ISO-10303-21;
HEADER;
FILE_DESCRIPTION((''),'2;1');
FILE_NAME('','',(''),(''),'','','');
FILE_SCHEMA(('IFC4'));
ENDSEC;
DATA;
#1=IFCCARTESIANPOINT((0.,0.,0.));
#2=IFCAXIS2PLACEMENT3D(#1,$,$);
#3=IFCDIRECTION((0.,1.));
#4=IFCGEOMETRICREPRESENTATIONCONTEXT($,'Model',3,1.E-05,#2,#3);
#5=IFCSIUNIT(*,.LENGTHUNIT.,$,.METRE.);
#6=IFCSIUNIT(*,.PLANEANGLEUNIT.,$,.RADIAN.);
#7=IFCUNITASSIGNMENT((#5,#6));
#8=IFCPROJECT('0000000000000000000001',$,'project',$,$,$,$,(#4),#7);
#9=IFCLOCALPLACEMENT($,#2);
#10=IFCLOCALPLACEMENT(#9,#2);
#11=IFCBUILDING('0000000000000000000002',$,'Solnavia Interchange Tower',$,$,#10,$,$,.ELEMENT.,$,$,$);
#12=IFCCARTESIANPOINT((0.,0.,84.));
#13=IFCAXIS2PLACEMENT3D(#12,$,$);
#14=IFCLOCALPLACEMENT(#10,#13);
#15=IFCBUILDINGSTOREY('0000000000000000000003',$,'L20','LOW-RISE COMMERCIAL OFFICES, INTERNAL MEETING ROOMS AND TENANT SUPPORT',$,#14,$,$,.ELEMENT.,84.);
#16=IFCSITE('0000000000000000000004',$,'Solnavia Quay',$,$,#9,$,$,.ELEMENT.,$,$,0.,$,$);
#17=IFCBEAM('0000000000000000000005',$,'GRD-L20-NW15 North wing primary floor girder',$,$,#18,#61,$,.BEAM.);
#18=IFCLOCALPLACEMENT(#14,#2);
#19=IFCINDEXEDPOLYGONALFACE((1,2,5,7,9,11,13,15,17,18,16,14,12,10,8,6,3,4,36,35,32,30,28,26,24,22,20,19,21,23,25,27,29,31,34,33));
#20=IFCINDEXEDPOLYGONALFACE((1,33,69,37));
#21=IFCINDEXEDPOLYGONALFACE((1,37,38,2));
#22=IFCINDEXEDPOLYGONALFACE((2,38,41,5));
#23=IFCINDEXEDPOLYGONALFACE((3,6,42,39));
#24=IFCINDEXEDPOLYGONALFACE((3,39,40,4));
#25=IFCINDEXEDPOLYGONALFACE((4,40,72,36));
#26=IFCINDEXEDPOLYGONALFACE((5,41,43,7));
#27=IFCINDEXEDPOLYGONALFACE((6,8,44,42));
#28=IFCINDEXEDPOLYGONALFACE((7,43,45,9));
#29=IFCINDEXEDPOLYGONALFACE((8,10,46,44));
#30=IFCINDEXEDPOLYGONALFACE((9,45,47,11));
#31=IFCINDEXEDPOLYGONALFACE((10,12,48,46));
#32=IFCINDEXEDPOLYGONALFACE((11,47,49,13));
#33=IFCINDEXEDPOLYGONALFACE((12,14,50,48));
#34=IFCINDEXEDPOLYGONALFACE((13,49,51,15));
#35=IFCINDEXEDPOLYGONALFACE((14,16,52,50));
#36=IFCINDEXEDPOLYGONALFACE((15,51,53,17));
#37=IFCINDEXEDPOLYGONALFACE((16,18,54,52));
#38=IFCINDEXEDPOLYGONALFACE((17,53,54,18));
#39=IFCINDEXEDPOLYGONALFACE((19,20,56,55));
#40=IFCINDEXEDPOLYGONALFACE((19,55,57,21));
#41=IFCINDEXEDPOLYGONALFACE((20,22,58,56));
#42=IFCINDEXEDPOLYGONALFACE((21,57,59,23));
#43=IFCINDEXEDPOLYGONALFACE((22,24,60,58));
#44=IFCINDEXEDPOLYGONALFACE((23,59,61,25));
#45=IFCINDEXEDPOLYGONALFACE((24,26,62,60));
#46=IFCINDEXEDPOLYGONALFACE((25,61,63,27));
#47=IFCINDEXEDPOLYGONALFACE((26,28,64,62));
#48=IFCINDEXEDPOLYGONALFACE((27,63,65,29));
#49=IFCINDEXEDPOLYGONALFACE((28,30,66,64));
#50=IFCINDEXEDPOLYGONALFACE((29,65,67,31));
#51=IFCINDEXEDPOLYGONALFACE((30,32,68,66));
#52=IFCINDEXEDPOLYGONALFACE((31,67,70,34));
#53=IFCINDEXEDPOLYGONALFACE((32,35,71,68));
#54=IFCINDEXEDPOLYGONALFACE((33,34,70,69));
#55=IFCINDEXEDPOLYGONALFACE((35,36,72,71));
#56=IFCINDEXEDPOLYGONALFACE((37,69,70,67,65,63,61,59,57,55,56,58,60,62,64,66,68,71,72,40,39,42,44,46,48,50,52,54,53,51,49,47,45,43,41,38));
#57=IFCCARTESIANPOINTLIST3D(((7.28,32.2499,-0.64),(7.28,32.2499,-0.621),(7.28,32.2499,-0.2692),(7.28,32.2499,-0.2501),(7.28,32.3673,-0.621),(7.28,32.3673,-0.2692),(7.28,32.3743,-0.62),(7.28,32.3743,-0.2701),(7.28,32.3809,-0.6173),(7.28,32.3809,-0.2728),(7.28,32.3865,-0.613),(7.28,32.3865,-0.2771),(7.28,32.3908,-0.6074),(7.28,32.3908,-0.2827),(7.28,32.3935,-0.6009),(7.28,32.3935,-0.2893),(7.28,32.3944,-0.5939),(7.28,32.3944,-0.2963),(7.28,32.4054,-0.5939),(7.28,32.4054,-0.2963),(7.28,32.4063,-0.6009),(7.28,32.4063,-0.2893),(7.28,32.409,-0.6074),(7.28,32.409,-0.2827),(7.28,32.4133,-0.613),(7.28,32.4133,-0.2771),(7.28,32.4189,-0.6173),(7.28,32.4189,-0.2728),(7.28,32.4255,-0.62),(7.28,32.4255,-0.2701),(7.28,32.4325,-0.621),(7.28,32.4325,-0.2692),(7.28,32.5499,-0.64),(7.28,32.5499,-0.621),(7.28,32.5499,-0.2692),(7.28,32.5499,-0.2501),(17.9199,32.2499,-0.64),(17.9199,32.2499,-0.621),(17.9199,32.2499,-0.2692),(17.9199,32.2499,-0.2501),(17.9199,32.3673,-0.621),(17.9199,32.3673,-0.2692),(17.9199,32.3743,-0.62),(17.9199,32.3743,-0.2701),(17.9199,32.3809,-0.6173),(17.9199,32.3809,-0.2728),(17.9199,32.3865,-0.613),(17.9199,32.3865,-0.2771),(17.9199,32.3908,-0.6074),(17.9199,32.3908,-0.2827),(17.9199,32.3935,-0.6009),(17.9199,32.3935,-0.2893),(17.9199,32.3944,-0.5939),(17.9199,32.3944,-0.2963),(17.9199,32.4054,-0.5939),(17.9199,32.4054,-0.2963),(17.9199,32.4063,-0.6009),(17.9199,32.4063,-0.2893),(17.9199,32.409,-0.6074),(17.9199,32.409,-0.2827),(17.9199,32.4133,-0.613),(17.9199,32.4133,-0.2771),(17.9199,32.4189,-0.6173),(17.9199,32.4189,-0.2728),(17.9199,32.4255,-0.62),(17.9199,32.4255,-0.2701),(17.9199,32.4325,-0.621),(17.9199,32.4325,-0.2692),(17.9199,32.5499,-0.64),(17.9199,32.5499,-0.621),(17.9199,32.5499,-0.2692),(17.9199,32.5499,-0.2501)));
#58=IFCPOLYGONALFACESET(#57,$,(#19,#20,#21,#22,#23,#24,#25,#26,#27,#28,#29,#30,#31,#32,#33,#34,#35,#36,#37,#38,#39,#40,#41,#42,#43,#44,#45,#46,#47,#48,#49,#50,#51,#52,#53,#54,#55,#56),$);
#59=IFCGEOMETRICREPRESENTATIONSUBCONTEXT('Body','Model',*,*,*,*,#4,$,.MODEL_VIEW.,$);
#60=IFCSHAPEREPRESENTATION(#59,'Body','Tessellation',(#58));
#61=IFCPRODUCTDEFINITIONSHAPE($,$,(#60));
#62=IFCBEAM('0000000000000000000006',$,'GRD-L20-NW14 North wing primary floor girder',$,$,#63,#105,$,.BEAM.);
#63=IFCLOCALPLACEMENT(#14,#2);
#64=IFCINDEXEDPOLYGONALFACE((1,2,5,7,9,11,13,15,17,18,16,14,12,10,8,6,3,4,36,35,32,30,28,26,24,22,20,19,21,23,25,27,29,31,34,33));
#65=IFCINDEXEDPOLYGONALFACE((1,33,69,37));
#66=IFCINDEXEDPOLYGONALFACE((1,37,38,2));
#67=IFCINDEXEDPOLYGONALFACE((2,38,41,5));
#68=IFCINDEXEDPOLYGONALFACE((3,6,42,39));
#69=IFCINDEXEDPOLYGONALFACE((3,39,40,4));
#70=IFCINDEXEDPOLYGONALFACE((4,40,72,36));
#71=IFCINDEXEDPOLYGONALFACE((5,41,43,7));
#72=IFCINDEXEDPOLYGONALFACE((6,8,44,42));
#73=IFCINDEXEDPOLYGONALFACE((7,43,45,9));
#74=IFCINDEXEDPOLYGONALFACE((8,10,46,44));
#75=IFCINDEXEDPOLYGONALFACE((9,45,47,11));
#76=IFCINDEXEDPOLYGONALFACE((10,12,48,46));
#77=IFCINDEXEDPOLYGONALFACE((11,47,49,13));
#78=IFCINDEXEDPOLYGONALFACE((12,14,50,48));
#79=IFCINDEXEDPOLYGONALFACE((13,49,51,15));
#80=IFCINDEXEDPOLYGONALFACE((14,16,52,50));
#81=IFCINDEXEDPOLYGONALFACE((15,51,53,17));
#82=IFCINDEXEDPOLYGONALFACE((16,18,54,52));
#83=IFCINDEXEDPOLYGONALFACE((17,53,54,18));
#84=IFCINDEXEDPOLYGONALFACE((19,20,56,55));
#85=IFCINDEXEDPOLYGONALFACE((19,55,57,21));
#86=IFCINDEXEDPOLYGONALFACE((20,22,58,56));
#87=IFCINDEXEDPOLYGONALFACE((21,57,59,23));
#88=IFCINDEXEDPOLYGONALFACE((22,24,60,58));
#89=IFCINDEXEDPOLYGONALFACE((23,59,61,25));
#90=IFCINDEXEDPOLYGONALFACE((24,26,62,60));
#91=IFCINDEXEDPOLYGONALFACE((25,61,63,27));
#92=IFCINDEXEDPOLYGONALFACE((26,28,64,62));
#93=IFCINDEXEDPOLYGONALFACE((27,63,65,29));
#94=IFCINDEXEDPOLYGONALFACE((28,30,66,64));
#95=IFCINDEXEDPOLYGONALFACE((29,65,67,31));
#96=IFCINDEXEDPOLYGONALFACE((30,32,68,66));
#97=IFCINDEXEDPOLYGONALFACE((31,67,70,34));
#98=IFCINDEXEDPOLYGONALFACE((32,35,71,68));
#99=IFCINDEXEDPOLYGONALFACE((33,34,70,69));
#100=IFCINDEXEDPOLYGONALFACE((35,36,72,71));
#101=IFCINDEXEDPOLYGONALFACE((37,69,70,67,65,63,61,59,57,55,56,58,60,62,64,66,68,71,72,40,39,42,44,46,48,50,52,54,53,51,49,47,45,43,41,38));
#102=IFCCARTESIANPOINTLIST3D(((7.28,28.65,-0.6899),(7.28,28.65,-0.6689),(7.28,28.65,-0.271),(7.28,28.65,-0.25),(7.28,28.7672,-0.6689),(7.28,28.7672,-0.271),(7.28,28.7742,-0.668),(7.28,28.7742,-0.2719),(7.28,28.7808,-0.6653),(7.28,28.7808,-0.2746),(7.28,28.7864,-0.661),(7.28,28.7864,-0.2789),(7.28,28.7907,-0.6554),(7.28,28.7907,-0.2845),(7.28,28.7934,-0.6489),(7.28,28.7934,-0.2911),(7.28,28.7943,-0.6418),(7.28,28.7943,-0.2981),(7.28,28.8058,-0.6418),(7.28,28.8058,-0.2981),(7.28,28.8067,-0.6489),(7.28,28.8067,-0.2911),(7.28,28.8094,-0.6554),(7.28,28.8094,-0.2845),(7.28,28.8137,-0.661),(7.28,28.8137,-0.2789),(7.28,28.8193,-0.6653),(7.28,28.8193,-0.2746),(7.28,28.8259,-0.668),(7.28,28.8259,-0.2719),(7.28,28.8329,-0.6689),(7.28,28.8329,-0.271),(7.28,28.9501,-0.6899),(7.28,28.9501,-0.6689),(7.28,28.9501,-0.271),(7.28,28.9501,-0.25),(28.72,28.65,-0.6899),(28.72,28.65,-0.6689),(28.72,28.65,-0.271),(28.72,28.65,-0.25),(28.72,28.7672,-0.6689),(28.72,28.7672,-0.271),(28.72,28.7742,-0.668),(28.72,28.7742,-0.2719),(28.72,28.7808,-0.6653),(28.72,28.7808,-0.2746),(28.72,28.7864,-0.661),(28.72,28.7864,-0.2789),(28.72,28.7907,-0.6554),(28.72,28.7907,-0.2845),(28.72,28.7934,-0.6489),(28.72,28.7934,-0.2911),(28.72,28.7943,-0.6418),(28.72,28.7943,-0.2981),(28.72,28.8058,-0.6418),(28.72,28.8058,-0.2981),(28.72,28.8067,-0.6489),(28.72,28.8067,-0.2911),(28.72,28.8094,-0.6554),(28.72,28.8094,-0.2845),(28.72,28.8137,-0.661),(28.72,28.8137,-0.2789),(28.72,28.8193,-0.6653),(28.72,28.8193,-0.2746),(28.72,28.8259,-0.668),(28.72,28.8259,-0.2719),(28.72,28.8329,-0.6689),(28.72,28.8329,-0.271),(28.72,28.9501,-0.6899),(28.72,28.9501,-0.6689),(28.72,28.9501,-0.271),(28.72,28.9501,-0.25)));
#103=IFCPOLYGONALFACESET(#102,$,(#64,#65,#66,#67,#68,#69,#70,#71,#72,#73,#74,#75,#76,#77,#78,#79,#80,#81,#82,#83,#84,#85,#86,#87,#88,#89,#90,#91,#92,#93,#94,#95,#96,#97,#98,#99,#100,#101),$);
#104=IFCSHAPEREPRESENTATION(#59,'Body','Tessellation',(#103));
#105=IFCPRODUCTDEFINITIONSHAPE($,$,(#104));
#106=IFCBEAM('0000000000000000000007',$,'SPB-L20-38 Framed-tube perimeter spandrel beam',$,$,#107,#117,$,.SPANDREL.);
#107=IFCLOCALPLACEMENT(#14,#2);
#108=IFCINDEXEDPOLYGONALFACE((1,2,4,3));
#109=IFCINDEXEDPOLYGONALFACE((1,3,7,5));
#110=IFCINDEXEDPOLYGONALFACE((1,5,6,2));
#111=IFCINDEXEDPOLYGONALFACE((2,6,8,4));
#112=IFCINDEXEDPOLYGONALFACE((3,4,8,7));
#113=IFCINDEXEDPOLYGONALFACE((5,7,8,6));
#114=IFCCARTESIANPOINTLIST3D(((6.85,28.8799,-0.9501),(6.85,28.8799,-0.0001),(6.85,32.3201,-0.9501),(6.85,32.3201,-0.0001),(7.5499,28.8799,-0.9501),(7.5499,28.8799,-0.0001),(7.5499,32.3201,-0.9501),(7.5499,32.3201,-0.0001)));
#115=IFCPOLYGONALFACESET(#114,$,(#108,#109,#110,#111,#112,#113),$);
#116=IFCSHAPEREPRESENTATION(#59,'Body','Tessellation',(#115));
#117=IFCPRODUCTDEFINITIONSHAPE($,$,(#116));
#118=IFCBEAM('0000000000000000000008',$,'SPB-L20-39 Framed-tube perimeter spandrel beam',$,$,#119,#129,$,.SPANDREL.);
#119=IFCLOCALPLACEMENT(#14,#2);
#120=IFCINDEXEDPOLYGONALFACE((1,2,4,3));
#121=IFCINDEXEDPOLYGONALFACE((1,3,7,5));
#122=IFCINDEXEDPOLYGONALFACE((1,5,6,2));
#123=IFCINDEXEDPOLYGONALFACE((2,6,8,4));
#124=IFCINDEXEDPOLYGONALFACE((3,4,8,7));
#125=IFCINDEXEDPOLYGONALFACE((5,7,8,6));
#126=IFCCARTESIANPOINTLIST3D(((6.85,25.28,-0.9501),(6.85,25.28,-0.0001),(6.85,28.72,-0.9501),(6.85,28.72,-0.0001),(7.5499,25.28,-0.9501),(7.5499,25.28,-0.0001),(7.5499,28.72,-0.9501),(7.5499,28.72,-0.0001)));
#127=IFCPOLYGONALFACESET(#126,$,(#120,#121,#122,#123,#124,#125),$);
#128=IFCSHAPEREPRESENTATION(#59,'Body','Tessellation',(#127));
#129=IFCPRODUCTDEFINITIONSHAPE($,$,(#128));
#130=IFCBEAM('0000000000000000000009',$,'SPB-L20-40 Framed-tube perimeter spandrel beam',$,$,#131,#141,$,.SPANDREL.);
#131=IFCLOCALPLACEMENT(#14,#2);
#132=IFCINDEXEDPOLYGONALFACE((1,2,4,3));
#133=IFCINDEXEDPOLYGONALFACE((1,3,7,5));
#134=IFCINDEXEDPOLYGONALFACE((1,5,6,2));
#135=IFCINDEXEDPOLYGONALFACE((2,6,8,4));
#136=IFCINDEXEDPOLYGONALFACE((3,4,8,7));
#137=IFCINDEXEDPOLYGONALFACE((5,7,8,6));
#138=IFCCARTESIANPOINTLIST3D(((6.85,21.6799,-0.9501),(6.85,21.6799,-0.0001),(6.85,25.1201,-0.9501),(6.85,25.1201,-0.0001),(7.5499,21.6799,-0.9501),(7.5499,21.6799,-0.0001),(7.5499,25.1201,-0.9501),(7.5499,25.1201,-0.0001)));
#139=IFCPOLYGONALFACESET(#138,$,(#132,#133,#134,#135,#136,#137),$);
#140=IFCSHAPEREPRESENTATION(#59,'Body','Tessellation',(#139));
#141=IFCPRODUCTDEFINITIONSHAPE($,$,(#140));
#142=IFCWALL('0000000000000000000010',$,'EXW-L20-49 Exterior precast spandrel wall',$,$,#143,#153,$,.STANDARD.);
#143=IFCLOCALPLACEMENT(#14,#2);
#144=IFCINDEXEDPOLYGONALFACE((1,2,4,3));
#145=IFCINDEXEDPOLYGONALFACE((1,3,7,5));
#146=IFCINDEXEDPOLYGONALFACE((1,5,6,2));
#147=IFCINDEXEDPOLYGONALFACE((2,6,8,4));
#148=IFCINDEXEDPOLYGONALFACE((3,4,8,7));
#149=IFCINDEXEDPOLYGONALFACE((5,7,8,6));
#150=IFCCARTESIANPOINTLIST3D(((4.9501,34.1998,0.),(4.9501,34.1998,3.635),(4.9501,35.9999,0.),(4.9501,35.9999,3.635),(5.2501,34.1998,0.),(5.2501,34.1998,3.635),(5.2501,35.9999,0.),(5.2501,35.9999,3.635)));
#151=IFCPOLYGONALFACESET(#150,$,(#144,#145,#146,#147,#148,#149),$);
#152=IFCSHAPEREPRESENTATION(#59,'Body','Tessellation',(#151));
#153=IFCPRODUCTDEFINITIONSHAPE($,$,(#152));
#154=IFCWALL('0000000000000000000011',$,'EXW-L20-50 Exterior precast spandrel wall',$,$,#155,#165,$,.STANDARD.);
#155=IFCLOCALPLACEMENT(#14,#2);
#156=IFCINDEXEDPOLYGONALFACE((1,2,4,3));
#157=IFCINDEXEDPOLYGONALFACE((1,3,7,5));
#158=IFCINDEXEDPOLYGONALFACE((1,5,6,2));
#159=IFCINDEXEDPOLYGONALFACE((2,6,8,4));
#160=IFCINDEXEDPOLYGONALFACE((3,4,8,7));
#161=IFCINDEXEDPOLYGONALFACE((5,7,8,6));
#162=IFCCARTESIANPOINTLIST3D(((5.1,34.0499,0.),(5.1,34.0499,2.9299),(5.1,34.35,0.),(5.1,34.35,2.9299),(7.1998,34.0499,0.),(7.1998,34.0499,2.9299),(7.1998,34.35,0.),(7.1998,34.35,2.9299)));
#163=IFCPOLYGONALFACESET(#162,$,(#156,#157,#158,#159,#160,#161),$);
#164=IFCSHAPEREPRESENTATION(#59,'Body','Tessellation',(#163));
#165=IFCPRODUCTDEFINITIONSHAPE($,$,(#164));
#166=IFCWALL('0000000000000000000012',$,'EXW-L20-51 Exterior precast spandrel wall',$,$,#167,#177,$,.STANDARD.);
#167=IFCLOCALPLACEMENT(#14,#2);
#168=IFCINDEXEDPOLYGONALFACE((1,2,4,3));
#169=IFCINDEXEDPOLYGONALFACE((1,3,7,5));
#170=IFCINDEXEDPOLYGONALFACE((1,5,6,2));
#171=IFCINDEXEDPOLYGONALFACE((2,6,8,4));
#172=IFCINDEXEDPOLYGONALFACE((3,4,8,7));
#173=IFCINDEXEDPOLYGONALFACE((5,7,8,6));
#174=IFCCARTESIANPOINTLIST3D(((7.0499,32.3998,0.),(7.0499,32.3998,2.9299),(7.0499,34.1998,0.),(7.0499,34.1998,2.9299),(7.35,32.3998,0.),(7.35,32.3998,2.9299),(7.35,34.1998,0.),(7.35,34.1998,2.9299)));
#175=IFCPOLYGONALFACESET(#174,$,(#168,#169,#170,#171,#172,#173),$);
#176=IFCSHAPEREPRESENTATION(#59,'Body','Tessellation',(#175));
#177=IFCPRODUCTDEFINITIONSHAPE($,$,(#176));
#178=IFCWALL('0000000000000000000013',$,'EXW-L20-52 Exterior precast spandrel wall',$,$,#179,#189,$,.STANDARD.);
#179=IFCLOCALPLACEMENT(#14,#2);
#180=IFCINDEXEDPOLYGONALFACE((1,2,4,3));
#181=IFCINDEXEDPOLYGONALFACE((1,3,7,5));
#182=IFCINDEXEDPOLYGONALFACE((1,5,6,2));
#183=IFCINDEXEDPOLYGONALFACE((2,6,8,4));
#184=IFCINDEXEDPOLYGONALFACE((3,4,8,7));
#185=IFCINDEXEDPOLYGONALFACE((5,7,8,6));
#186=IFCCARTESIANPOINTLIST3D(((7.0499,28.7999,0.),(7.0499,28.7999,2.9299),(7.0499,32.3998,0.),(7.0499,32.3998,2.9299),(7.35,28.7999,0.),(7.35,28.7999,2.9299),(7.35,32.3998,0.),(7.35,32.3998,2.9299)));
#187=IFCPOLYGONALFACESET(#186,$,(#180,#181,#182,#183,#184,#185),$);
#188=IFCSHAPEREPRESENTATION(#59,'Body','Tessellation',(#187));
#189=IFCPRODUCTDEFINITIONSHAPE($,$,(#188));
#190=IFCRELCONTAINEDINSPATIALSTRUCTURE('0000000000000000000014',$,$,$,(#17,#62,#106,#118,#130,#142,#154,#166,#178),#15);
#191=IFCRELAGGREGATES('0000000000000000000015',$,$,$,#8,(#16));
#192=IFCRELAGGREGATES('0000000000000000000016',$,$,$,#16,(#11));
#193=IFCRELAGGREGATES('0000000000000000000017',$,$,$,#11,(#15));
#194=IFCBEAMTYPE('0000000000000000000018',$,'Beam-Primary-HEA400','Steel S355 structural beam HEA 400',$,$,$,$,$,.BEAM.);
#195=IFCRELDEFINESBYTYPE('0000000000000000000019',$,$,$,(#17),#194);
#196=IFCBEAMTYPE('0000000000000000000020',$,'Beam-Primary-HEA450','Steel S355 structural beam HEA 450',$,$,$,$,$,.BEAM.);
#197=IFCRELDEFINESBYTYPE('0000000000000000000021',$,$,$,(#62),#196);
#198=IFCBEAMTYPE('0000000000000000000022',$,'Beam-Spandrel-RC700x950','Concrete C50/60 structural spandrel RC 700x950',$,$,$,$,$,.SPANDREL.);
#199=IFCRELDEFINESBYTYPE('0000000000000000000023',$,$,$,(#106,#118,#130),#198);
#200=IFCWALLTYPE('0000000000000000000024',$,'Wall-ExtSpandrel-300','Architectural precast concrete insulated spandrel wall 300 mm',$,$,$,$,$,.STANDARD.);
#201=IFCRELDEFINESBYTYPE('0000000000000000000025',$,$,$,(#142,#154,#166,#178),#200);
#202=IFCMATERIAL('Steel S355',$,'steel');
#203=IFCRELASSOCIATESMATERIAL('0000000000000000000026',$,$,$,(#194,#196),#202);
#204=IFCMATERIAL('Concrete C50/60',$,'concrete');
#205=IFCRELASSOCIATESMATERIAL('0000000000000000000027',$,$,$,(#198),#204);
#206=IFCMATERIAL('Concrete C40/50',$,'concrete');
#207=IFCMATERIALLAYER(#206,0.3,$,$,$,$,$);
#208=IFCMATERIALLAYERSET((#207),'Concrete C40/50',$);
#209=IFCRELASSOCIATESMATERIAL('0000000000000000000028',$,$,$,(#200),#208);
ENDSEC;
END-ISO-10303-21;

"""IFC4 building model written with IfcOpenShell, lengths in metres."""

from ifc_helpers import new_model, si_unit, direction, frame, frame_2d, origin, origin_2d, place, context, subcontext, project, spatial, rectangle, i_section, extrude, material, layer, layer_set, material_profile, profile_set, type_object, element, save


model = new_model("IFC4")

# Units and contexts
model_context = context("Model", 3, precision=1e-05, world=origin(), true_north=direction((0.0, 1.0)))
body_context = subcontext(model_context, "Body", "Model", "MODEL_VIEW")
ifc_project = project(units=[si_unit("LENGTHUNIT", "METRE"), si_unit("PLANEANGLEUNIT", "RADIAN")], contexts=[model_context])

# Site, building, storey
site_placement = place(None, origin())
site = spatial("IfcSite", under=ifc_project, at=site_placement, Name="Solnavia Quay", CompositionType="ELEMENT", RefElevation=0.0)
building_placement = place(site_placement, origin())
building = spatial("IfcBuilding", under=site, at=building_placement, Name="Solnavia Interchange Tower", CompositionType="ELEMENT")
storey_placement = place(building_placement, frame((0.0, 0.0, 84.0)))
storey = spatial("IfcBuildingStorey", under=building, at=storey_placement, Name="L20", Description="LOW-RISE COMMERCIAL OFFICES, INTERNAL MEETING ROOMS AND TENANT SUPPORT", CompositionType="ELEMENT", Elevation=84.0)

# Shared definitions
ifc_material_1 = material(Name="Concrete C50/60", Category="concrete")
ifc_material_2 = material(Name="Steel S355", Category="steel")

# Beams
ifc_material_profile_1 = material_profile(ifc_material_2, i_section(OverallWidth=0.3, OverallDepth=0.3899, WebThickness=0.011, FlangeThickness=0.019, FilletRadius=0.0271, at=origin_2d()), Name="HEA 400")
ifc_profile_set_1 = profile_set([ifc_material_profile_1], Name="Steel S355")
beam_type_1 = type_object("IfcBeamType", Name="Beam-Primary-HEA400", Description="Steel S355 structural beam HEA 400", PredefinedType="BEAM", material=ifc_profile_set_1)
beam_1_placement = place(storey_placement, frame((7.28, 32.3999, -0.4451), z_axis=(1.0, 0.0, 0.0), x_axis=(0.0, 1.0, 0.0)))
element("IfcBeam", 1, at=beam_1_placement, inside=storey, type_object=beam_type_1, Name="GRD-L20-NW15 North wing primary floor girder", PredefinedType="BEAM", context=body_context, shape_type="SweptSolid", body=[
    extrude(i_section(OverallWidth=0.3, OverallDepth=0.3899, WebThickness=0.011, FlangeThickness=0.019, FilletRadius=0.0271, at=origin_2d()), origin(), (0.0, 0.0, 1.0), 10.6399),
])
ifc_material_profile_2 = material_profile(ifc_material_2, i_section(OverallWidth=0.3, OverallDepth=0.4399, WebThickness=0.0115, FlangeThickness=0.021, FilletRadius=0.0271, at=origin_2d()), Name="HEA 450")
ifc_profile_set_2 = profile_set([ifc_material_profile_2], Name="Steel S355")
beam_type_2 = type_object("IfcBeamType", Name="Beam-Primary-HEA450", Description="Steel S355 structural beam HEA 450", PredefinedType="BEAM", material=ifc_profile_set_2)
beam_2_placement = place(storey_placement, frame((7.28, 28.8, -0.47), z_axis=(1.0, 0.0, 0.0), x_axis=(0.0, 1.0, 0.0)))
element("IfcBeam", 2, at=beam_2_placement, inside=storey, type_object=beam_type_2, Name="GRD-L20-NW14 North wing primary floor girder", PredefinedType="BEAM", context=body_context, shape_type="SweptSolid", body=[
    extrude(i_section(OverallWidth=0.3, OverallDepth=0.4399, WebThickness=0.0115, FlangeThickness=0.021, FilletRadius=0.0271, at=origin_2d()), origin(), (0.0, 0.0, 1.0), 21.4399),
])
ifc_material_profile_3 = material_profile(ifc_material_1, rectangle(XDim=0.7, YDim=0.95, at=origin_2d()), Name="RC 700x950")
ifc_profile_set_3 = profile_set([ifc_material_profile_3], Name="Concrete C50/60")
beam_type_3 = type_object("IfcBeamType", Name="Beam-Spandrel-RC700x950", Description="Concrete C50/60 structural spandrel RC 700x950", PredefinedType="SPANDREL", material=ifc_profile_set_3)
beam_3_placement = place(storey_placement, frame((7.2, 32.3201, -0.4751), z_axis=(0.0, -1.0, 0.0), x_axis=(1.0, 0.0, 0.0)))
element("IfcBeam", 3, at=beam_3_placement, inside=storey, type_object=beam_type_3, Name="SPB-L20-38 Framed-tube perimeter spandrel beam", PredefinedType="SPANDREL", context=body_context, shape_type="SweptSolid", body=[
    extrude(rectangle(XDim=0.7, YDim=0.95, at=origin_2d()), origin(), (0.0, 0.0, 1.0), 3.4402),
])
beam_4_placement = place(storey_placement, frame((7.2, 28.72, -0.4751), z_axis=(0.0, -1.0, 0.0), x_axis=(1.0, 0.0, 0.0)))
element("IfcBeam", 4, at=beam_4_placement, inside=storey, type_object=beam_type_3, Name="SPB-L20-39 Framed-tube perimeter spandrel beam", PredefinedType="SPANDREL", context=body_context, shape_type="SweptSolid", body=[
    extrude(rectangle(XDim=0.7, YDim=0.95, at=origin_2d()), origin(), (0.0, 0.0, 1.0), 3.4399),
])
beam_5_placement = place(storey_placement, frame((7.2, 25.1201, -0.4751), z_axis=(0.0, -1.0, 0.0), x_axis=(1.0, 0.0, 0.0)))
element("IfcBeam", 5, at=beam_5_placement, inside=storey, type_object=beam_type_3, Name="SPB-L20-40 Framed-tube perimeter spandrel beam", PredefinedType="SPANDREL", context=body_context, shape_type="SweptSolid", body=[
    extrude(rectangle(XDim=0.7, YDim=0.95, at=origin_2d()), origin(), (0.0, 0.0, 1.0), 3.4402),
])

# Walls
ifc_material_3 = material(Name="Concrete C40/50", Category="concrete")
ifc_layer_1 = layer(ifc_material_3, 0.3)
ifc_layer_set_1 = layer_set([ifc_layer_1], Name="Concrete C40/50")
wall_type_1 = type_object("IfcWallType", Name="Wall-ExtSpandrel-300", Description="Architectural precast concrete insulated spandrel wall 300 mm", PredefinedType="STANDARD", material=ifc_layer_set_1)
wall_1_placement = place(storey_placement, frame((5.1001, 34.2, 0.0), z_axis=(0.0, 0.0, 1.0), x_axis=(0.0, 1.0, 0.0)))
element("IfcWall", 6, at=wall_1_placement, inside=storey, type_object=wall_type_1, Name="EXW-L20-49 Exterior precast spandrel wall", PredefinedType="STANDARD", context=body_context, shape_type="SweptSolid", body=[
    extrude(rectangle(XDim=1.8, YDim=0.3, at=frame_2d((0.8999, 0.0))), origin(), (0.0, 0.0, 1.0), 3.635),
])
wall_2_placement = place(storey_placement, frame((5.1001, 34.2, 0.0), z_axis=(0.0, 0.0, 1.0), x_axis=(1.0, 0.0, 0.0)))
element("IfcWall", 7, at=wall_2_placement, inside=storey, type_object=wall_type_1, Name="EXW-L20-50 Exterior precast spandrel wall", PredefinedType="STANDARD", context=body_context, shape_type="SweptSolid", body=[
    extrude(rectangle(XDim=2.0999, YDim=0.3, at=frame_2d((1.0498, 0.0))), origin(), (0.0, 0.0, 1.0), 2.9299),
])
wall_3_placement = place(storey_placement, frame((7.2, 32.3999, 0.0), z_axis=(0.0, 0.0, 1.0), x_axis=(0.0, 1.0, 0.0)))
element("IfcWall", 8, at=wall_3_placement, inside=storey, type_object=wall_type_1, Name="EXW-L20-51 Exterior precast spandrel wall", PredefinedType="STANDARD", context=body_context, shape_type="SweptSolid", body=[
    extrude(rectangle(XDim=1.8, YDim=0.3, at=frame_2d((0.8999, 0.0))), origin(), (0.0, 0.0, 1.0), 2.9299),
])
wall_4_placement = place(storey_placement, frame((7.2, 28.8, 0.0), z_axis=(0.0, 0.0, 1.0), x_axis=(0.0, 1.0, 0.0)))
element("IfcWall", 9, at=wall_4_placement, inside=storey, type_object=wall_type_1, Name="EXW-L20-52 Exterior precast spandrel wall", PredefinedType="STANDARD", context=body_context, shape_type="SweptSolid", body=[
    extrude(rectangle(XDim=3.5999, YDim=0.3, at=frame_2d((1.7998, 0.0))), origin(), (0.0, 0.0, 1.0), 2.9299),
])

save(model, "model.ifc")
